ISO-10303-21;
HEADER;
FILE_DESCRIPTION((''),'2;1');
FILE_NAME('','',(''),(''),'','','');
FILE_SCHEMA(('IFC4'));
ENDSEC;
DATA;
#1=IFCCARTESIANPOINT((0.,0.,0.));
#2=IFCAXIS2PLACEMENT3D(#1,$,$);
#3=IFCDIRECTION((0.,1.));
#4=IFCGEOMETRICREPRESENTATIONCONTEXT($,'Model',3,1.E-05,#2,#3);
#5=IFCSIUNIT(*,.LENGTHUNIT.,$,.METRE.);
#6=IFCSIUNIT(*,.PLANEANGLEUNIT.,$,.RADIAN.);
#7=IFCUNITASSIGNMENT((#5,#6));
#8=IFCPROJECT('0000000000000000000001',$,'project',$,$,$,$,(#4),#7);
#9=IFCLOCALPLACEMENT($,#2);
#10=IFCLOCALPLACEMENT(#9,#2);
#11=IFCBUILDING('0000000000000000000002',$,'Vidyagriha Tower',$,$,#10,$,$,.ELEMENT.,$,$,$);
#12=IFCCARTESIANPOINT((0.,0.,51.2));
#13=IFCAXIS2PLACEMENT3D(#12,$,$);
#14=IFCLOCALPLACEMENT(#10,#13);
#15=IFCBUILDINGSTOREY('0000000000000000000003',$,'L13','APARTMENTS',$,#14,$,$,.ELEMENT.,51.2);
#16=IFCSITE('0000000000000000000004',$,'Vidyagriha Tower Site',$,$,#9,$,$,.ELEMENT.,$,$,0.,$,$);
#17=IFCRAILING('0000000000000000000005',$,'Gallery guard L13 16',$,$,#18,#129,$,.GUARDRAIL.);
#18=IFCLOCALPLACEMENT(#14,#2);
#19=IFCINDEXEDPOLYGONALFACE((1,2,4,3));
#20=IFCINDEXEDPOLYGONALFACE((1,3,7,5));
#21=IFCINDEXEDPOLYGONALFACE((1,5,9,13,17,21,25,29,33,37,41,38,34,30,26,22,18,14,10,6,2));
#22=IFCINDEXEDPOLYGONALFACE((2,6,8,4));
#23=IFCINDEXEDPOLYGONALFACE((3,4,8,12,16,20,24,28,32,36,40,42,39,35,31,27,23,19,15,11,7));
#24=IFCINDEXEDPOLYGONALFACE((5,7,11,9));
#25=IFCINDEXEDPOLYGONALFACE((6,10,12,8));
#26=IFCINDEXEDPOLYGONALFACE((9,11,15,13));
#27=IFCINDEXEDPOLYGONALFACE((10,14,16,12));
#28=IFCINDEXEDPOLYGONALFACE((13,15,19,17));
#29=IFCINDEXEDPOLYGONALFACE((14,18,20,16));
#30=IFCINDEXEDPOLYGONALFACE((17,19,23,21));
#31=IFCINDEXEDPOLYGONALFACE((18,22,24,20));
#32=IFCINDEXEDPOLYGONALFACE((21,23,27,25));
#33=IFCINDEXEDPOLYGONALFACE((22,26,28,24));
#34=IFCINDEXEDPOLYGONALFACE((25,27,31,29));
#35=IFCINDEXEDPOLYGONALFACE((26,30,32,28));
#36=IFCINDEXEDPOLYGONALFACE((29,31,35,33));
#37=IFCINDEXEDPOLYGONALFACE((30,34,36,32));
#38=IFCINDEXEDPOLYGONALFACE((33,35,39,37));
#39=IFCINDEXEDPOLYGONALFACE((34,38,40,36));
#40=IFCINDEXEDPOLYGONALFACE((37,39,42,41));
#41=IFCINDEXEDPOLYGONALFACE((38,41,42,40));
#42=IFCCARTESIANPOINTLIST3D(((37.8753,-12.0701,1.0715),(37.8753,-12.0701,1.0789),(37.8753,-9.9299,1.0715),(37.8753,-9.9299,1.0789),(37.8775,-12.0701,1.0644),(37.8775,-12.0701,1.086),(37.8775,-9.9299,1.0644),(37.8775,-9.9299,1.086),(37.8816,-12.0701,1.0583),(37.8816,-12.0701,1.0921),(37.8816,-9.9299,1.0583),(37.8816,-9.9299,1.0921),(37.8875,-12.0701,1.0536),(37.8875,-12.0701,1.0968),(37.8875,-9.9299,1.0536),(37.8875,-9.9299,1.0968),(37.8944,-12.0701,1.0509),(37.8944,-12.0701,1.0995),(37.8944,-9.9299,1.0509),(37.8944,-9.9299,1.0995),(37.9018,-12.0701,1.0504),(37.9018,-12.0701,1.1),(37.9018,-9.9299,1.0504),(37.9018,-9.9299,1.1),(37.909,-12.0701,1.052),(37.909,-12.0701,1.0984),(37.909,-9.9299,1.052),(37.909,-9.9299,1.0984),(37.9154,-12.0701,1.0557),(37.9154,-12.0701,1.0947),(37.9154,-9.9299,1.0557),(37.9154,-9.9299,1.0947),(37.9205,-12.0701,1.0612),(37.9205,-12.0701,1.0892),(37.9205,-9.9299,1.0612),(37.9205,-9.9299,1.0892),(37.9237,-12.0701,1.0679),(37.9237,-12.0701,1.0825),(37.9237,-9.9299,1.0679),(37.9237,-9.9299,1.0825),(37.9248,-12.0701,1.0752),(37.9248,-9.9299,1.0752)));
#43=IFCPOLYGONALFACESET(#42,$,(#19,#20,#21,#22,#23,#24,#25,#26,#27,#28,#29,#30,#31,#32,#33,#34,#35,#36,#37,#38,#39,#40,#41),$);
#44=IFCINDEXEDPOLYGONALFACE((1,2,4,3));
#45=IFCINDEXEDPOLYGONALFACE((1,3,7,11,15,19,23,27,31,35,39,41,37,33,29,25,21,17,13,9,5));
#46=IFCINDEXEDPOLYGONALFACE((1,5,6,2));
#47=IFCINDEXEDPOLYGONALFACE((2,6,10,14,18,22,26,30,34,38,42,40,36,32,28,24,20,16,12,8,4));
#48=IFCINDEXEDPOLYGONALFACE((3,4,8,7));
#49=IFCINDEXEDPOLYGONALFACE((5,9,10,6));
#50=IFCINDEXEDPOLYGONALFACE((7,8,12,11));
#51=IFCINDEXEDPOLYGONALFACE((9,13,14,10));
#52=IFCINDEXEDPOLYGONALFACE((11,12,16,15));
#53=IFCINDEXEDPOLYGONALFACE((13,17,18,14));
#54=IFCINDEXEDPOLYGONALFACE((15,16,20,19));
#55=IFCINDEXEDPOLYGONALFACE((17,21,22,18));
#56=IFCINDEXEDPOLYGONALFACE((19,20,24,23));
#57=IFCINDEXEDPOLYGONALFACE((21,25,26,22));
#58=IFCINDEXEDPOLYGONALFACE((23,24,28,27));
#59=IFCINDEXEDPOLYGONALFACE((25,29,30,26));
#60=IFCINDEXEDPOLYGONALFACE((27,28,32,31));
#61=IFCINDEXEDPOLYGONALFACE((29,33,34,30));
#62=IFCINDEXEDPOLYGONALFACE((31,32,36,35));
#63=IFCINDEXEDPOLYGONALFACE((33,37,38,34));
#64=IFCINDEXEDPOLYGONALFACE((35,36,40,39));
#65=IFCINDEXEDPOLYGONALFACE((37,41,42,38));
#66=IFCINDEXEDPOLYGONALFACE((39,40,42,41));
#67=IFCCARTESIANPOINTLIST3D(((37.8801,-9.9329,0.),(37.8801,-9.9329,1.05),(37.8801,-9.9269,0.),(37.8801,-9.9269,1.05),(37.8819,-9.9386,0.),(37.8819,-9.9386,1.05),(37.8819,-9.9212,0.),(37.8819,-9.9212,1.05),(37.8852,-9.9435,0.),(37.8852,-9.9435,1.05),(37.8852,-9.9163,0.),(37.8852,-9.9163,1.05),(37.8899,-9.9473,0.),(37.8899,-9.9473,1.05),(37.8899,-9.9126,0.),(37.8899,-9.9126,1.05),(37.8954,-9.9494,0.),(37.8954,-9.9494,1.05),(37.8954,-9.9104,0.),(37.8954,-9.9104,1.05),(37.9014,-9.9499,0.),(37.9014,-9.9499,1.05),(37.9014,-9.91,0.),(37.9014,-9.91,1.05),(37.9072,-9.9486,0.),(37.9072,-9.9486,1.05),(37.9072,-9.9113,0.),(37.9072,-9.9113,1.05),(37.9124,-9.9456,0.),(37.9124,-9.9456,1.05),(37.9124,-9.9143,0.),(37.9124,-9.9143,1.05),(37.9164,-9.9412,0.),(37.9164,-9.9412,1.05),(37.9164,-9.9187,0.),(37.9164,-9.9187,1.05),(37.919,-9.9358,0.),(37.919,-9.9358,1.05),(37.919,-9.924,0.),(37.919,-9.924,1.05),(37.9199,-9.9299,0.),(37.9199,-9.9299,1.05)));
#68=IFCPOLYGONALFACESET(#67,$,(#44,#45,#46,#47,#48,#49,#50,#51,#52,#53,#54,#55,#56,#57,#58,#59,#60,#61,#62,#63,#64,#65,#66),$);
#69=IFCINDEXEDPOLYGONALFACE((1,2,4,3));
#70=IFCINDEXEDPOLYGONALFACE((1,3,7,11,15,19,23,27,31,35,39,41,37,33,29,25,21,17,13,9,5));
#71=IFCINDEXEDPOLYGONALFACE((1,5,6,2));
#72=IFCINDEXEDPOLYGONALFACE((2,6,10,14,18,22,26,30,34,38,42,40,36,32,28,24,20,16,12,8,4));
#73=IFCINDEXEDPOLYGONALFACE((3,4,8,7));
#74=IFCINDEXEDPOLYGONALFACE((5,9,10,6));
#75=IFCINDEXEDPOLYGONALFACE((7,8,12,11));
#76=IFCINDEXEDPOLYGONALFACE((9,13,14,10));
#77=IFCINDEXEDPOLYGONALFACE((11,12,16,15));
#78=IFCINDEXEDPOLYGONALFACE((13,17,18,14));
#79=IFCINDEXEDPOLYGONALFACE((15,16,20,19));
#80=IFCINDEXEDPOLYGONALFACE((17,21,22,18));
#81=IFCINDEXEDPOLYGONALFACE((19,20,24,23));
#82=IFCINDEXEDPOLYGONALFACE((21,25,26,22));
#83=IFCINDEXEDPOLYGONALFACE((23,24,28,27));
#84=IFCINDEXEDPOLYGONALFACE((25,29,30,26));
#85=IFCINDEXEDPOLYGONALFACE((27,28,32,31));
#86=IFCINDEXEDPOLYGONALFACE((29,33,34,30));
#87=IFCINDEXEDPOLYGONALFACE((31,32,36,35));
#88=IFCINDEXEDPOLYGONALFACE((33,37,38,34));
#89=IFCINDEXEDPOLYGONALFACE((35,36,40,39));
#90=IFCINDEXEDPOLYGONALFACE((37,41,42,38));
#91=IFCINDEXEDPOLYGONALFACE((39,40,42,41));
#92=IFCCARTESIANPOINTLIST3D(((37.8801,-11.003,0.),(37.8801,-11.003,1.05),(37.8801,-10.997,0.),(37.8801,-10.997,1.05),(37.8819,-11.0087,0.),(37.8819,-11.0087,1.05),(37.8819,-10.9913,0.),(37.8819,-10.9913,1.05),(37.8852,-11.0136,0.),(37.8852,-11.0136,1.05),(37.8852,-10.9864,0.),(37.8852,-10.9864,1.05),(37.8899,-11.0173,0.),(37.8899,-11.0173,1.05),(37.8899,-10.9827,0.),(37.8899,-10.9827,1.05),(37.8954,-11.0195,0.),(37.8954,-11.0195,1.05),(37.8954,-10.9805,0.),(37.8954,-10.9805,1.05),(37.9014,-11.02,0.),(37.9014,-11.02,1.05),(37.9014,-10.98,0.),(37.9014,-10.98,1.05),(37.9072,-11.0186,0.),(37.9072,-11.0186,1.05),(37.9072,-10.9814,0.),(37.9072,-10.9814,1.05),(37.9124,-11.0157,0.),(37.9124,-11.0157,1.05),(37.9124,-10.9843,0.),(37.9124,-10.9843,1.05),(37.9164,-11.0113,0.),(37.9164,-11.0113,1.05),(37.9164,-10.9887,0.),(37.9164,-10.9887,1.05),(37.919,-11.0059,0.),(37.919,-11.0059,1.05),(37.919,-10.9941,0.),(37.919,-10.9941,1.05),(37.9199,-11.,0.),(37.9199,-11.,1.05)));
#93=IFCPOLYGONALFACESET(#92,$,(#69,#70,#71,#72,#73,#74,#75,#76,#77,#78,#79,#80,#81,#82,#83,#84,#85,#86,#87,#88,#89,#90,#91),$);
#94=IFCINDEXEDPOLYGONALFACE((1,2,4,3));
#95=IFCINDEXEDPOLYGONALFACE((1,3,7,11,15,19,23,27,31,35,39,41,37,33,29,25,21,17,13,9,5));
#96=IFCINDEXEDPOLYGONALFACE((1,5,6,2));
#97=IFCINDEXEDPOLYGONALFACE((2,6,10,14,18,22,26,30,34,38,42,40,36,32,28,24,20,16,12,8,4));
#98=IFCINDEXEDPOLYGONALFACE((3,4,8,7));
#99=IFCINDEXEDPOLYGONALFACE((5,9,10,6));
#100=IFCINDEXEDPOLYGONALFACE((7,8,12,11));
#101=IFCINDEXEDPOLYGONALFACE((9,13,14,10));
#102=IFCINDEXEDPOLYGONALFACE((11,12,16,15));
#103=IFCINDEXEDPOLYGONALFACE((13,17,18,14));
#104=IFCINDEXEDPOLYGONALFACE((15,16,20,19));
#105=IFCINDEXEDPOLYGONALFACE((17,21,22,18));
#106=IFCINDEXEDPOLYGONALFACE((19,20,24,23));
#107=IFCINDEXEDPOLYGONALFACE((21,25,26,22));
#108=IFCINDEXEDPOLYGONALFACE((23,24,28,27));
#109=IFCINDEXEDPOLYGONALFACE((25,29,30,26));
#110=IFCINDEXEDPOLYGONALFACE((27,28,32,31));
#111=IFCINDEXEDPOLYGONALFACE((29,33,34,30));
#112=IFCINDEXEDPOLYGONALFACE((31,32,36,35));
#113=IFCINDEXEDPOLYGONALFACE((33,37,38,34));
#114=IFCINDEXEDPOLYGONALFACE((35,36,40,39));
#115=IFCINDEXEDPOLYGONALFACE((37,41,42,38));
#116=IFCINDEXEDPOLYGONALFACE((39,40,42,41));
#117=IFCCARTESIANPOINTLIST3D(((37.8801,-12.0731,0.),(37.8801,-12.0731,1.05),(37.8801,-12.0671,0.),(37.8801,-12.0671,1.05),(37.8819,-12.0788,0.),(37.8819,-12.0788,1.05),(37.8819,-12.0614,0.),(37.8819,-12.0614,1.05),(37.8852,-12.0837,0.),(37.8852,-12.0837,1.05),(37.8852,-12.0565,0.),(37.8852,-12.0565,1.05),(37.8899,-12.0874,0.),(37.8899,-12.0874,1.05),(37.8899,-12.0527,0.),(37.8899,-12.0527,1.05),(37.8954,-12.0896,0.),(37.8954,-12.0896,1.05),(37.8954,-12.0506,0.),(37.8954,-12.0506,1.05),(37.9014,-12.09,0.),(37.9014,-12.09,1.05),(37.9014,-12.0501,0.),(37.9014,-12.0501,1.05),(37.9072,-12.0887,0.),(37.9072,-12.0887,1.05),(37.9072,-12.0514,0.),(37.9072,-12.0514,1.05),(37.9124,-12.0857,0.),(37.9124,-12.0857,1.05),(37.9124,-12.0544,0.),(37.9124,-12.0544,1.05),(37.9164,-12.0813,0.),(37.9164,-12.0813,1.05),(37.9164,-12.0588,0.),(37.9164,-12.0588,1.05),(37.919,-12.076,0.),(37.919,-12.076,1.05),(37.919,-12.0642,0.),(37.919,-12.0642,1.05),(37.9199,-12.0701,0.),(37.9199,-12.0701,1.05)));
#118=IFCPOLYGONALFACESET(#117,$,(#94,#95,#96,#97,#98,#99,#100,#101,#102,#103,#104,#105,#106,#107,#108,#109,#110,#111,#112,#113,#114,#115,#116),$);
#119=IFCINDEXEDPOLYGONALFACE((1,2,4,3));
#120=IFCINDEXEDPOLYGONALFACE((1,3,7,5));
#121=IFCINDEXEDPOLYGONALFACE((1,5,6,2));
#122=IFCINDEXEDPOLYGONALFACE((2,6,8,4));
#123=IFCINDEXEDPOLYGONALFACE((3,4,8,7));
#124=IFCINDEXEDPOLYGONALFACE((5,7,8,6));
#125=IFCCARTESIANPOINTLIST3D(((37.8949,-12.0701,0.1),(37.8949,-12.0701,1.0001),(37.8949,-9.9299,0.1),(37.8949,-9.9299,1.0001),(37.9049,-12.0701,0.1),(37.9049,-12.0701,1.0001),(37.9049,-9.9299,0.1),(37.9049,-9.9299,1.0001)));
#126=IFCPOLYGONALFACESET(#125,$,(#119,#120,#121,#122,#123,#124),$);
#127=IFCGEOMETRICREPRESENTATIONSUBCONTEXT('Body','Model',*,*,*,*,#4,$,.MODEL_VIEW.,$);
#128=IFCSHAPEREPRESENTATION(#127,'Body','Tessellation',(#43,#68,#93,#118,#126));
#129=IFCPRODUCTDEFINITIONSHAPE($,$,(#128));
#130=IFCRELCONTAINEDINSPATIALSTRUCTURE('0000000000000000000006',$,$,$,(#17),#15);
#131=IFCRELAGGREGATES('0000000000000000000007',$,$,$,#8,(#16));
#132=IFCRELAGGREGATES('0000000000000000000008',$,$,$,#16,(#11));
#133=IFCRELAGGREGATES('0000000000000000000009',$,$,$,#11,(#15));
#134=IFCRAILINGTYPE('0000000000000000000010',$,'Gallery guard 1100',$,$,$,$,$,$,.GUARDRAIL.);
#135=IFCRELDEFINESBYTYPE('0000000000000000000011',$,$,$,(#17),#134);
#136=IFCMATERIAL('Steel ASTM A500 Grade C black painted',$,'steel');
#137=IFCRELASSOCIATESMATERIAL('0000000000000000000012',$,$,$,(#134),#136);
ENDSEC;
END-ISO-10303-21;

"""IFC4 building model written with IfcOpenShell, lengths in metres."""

from ifc_helpers import new_model, si_unit, direction, frame, origin, origin_2d, place, context, subcontext, project, spatial, rectangle, circle, extrude, material, type_object, element, save


model = new_model("IFC4")

# Units and contexts
model_context = context("Model", 3, precision=1e-05, world=origin(), true_north=direction((0.0, 1.0)))
body_context = subcontext(model_context, "Body", "Model", "MODEL_VIEW")
ifc_project = project(units=[si_unit("LENGTHUNIT", "METRE"), si_unit("PLANEANGLEUNIT", "RADIAN")], contexts=[model_context])

# Site, building, storey
site_placement = place(None, origin())
site = spatial("IfcSite", under=ifc_project, at=site_placement, Name="Vidyagriha Tower Site", CompositionType="ELEMENT", RefElevation=0.0)
building_placement = place(site_placement, origin())
building = spatial("IfcBuilding", under=site, at=building_placement, Name="Vidyagriha Tower", CompositionType="ELEMENT")
storey_placement = place(building_placement, frame((0.0, 0.0, 51.2)))
storey = spatial("IfcBuildingStorey", under=building, at=storey_placement, Name="L13", Description="APARTMENTS", CompositionType="ELEMENT", Elevation=51.2)

# Railing
ifc_material_1 = material(Name="Steel ASTM A500 Grade C black painted", Category="steel")
railing_type_1 = type_object("IfcRailingType", Name="Gallery guard 1100", PredefinedType="GUARDRAIL", material=ifc_material_1)
railing_1_placement = place(storey_placement, frame((37.8999, -9.9299, 0.0)))
element("IfcRailing", 1, at=railing_1_placement, inside=storey, type_object=railing_type_1, Name="Gallery guard L13 16", PredefinedType="GUARDRAIL", context=body_context, shape_type="SweptSolid", body=[
    extrude(circle(Radius=0.0249, at=origin_2d()), frame((0.0, 0.0, 1.0752), z_axis=(0.0, -1.0, 0.0), x_axis=(1.0, 0.0, 0.0)), (0.0, 0.0, 1.0), 2.1401),
    extrude(circle(Radius=0.02, at=origin_2d()), origin(), (0.0, 0.0, 1.0), 1.05),
    extrude(circle(Radius=0.02, at=origin_2d()), frame((0.0, -1.0701, 0.0)), (0.0, 0.0, 1.0), 1.05),
    extrude(circle(Radius=0.02, at=origin_2d()), frame((0.0, -2.1401, 0.0)), (0.0, 0.0, 1.0), 1.05),
    extrude(rectangle(XDim=0.01, YDim=0.9001, at=origin_2d()), frame((0.0, 0.0, 0.55), z_axis=(0.0, -1.0, 0.0), x_axis=(1.0, 0.0, 0.0)), (0.0, 0.0, 1.0), 2.1401),
])

save(model, "model.ifc")
